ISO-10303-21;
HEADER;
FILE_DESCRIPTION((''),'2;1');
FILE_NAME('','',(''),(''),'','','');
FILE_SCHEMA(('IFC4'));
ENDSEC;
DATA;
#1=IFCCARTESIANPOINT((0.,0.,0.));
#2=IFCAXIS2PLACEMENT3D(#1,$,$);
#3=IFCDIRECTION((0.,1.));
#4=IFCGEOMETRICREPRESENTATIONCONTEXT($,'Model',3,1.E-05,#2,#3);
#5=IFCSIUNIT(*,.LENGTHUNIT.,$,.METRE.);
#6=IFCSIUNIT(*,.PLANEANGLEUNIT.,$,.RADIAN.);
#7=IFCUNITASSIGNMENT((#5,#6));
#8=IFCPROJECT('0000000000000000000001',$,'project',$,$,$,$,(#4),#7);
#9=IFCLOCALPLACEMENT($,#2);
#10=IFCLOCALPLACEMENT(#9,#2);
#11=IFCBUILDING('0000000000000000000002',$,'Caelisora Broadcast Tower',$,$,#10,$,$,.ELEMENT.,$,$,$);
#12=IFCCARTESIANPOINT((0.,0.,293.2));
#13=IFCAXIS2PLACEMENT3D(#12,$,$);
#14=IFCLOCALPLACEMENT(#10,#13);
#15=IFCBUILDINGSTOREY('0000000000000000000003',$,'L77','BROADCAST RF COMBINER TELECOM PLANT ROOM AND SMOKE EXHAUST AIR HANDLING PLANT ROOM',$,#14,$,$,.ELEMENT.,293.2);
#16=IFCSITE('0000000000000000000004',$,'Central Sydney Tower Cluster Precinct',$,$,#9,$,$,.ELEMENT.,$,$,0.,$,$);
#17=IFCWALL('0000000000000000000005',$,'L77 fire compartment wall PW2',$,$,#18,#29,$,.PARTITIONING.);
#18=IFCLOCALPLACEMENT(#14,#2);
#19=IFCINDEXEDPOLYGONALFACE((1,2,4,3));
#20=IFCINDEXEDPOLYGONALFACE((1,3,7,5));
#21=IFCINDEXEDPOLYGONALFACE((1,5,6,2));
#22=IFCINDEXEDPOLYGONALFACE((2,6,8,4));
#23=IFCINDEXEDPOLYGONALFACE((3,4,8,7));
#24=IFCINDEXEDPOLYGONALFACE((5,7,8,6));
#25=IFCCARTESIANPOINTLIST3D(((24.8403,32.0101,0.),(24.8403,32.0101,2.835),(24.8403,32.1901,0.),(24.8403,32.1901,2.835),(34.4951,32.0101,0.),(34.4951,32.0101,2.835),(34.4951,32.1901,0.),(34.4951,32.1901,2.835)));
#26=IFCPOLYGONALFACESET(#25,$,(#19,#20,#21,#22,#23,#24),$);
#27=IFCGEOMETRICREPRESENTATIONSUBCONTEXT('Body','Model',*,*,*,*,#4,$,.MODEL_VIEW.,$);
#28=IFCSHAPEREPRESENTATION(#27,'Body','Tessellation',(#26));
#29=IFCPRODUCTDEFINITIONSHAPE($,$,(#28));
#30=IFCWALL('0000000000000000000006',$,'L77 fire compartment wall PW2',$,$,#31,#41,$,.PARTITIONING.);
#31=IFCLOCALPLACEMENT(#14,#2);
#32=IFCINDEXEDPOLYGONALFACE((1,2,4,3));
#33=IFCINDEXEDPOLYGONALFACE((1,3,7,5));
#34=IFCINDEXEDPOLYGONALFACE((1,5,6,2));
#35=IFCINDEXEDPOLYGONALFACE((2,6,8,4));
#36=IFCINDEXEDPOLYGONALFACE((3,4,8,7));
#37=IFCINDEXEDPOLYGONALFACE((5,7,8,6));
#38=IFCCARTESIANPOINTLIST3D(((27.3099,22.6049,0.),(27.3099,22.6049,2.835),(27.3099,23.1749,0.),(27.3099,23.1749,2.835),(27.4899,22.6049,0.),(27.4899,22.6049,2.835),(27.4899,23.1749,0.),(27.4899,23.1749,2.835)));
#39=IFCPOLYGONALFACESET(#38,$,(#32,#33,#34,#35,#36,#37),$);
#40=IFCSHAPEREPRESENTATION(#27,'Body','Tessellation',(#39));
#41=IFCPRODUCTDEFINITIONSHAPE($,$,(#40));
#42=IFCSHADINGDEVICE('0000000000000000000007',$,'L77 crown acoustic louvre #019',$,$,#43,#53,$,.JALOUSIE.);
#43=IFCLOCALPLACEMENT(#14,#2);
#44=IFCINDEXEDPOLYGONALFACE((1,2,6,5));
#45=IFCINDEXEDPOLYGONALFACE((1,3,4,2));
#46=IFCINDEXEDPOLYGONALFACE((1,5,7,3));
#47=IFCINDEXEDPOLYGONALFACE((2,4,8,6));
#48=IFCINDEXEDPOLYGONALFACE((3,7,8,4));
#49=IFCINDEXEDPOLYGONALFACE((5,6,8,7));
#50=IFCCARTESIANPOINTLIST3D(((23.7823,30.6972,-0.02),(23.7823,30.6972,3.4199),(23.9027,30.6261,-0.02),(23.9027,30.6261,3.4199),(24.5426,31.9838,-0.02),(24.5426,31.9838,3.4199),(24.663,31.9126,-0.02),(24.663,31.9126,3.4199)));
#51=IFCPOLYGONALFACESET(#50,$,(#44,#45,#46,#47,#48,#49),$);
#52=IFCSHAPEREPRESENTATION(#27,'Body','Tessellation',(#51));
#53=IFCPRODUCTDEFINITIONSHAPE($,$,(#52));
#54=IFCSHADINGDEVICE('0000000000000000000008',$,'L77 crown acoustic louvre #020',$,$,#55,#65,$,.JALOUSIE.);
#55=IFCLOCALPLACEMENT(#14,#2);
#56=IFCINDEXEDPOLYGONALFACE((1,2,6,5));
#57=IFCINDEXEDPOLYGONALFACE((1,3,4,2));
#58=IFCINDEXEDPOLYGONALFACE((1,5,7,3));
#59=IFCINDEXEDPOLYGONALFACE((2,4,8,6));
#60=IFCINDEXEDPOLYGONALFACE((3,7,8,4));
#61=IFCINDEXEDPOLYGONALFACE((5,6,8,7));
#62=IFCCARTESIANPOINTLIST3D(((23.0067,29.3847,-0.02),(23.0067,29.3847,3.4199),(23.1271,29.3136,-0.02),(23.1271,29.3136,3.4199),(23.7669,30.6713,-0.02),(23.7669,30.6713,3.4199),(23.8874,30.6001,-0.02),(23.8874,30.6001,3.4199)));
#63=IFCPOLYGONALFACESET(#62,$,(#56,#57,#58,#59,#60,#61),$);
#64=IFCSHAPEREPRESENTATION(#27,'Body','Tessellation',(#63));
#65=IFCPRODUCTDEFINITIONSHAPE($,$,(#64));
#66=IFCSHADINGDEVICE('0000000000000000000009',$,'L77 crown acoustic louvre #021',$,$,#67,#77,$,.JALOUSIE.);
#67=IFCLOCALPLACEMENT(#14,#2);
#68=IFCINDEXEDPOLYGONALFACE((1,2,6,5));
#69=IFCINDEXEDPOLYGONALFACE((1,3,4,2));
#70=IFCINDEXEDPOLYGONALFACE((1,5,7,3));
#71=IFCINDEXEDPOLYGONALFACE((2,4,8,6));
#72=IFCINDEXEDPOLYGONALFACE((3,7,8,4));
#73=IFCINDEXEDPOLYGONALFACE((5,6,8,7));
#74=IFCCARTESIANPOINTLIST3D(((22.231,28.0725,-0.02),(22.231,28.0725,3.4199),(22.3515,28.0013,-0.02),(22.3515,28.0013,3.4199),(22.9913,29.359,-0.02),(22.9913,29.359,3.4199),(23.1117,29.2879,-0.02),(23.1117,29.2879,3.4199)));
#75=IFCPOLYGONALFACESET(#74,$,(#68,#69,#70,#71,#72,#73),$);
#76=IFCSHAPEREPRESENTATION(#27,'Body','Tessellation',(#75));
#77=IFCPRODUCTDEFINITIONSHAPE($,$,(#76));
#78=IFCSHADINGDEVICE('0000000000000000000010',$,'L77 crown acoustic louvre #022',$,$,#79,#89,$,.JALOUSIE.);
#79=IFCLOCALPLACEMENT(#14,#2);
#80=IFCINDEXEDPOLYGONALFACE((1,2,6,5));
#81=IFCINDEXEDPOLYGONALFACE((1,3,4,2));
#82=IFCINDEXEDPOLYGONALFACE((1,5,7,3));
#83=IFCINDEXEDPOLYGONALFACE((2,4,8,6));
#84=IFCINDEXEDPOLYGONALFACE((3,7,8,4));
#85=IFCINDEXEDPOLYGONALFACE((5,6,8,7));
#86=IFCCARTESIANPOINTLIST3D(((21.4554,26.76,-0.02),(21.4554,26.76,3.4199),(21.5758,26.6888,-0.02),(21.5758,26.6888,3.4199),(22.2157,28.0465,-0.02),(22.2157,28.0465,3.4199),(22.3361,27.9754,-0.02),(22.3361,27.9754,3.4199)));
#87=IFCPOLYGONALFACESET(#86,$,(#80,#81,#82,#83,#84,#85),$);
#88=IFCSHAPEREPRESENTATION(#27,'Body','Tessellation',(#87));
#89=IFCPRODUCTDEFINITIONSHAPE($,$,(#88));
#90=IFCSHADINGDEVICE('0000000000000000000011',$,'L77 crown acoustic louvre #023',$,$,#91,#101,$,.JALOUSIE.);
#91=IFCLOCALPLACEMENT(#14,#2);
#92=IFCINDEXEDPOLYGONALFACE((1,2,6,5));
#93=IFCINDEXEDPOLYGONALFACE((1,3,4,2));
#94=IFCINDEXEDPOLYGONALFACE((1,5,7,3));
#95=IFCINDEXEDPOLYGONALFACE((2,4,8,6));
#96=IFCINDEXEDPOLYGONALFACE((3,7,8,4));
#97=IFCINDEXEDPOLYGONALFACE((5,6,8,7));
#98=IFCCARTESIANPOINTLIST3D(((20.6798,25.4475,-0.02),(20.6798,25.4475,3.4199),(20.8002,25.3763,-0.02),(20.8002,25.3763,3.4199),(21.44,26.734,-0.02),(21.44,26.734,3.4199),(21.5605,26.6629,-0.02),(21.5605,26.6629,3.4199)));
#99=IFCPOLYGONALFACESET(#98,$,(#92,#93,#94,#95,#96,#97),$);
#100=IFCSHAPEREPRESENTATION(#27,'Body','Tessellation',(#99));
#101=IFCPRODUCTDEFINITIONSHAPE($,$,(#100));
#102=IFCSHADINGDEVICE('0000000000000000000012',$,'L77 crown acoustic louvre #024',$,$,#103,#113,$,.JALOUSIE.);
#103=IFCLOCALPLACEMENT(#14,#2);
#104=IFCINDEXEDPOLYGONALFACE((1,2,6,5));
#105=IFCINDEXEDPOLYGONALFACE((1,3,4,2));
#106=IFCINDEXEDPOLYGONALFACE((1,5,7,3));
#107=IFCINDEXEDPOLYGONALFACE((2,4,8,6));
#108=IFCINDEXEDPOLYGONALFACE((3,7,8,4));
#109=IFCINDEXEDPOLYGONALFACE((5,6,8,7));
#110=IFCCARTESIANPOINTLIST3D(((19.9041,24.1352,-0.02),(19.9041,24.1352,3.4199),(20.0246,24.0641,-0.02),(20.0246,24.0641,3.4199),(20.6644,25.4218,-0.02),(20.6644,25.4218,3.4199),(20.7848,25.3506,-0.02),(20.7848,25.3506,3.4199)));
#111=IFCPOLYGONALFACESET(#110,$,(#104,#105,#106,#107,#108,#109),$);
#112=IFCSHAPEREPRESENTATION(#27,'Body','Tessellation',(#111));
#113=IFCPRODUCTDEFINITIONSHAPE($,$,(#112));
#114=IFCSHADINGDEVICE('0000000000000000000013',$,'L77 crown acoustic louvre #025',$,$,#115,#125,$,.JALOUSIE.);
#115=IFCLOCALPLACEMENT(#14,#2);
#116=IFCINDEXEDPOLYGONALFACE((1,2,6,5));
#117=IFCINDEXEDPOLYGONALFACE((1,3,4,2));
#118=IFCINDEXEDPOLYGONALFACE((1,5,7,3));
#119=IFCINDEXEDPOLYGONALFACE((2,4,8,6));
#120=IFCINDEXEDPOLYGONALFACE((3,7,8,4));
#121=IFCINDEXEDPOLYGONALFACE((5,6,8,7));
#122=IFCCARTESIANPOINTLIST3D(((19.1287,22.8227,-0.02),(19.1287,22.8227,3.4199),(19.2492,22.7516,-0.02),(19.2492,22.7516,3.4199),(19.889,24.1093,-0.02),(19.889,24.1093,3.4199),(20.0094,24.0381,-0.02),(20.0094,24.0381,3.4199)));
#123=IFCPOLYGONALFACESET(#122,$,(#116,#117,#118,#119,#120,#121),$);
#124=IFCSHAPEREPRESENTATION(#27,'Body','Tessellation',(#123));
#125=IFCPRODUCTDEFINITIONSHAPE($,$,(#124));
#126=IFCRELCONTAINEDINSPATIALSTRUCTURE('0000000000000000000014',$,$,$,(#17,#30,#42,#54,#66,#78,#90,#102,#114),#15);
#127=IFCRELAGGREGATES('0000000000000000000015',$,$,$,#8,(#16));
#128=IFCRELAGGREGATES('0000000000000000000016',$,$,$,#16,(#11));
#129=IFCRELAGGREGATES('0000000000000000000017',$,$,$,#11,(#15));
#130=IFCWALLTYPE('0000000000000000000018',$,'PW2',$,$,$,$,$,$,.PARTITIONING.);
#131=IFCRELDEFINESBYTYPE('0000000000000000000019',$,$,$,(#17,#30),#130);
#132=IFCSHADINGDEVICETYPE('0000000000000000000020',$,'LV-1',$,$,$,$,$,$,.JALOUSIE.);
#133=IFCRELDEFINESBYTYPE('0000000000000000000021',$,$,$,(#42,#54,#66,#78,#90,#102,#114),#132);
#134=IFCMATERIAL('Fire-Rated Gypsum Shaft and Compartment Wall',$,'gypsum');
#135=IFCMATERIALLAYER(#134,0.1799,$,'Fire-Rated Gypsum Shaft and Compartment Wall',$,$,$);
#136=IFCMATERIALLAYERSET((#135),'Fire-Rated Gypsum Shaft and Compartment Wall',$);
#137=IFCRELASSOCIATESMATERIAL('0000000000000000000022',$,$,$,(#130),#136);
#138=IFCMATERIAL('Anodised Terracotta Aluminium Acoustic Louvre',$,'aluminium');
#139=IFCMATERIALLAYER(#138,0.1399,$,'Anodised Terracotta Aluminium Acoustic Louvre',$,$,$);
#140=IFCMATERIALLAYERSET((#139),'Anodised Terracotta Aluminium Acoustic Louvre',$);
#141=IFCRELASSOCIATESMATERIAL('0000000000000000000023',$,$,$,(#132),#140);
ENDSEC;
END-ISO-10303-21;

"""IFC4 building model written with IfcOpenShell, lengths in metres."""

from ifc_helpers import new_model, si_unit, direction, frame, frame_2d, origin, origin_2d, place, context, subcontext, project, spatial, rectangle, extrude, source, transform, mapped, material, layer, layer_set, type_object, type_shapes, element, save


model = new_model("IFC4")

# Units and contexts
model_context = context("Model", 3, precision=1e-05, world=origin(), true_north=direction((0.0, 1.0)))
body_context = subcontext(model_context, "Body", "Model", "MODEL_VIEW")
ifc_project = project(units=[si_unit("LENGTHUNIT", "METRE"), si_unit("PLANEANGLEUNIT", "RADIAN")], contexts=[model_context])

# Site, building, storey
site_placement = place(None, origin())
site = spatial("IfcSite", under=ifc_project, at=site_placement, Name="Central Sydney Tower Cluster Precinct", CompositionType="ELEMENT", RefElevation=0.0)
building_placement = place(site_placement, origin())
building = spatial("IfcBuilding", under=site, at=building_placement, Name="Caelisora Broadcast Tower", CompositionType="ELEMENT")
storey_placement = place(building_placement, frame((0.0, 0.0, 293.2)))
storey = spatial("IfcBuildingStorey", under=building, at=storey_placement, Name="L77", Description="BROADCAST RF COMBINER TELECOM PLANT ROOM AND SMOKE EXHAUST AIR HANDLING PLANT ROOM", CompositionType="ELEMENT", Elevation=293.2)

# Shared definitions
ifc_material_1 = material(Name="Fire-Rated Gypsum Shaft and Compartment Wall", Category="gypsum")
ifc_layer_1 = layer(ifc_material_1, 0.1799, Name="Fire-Rated Gypsum Shaft and Compartment Wall")
ifc_layer_set_1 = layer_set([ifc_layer_1], Name="Fire-Rated Gypsum Shaft and Compartment Wall")
wall_type = type_object("IfcWallType", Name="PW2", PredefinedType="PARTITIONING", material=ifc_layer_set_1)

# Walls
wall_1_placement = place(storey_placement, frame((24.8403, 32.1001, 0.0), z_axis=(0.0, 0.0, 1.0), x_axis=(1.0, 0.0, 0.0)))
element("IfcWall", 1, at=wall_1_placement, inside=storey, type_object=wall_type, Name="L77 fire compartment wall PW2", PredefinedType="PARTITIONING", context=body_context, shape_type="SweptSolid", body=[
    extrude(rectangle(XDim=9.6548, YDim=0.1799, at=frame_2d((4.8274, 0.0))), origin(), (0.0, 0.0, 1.0), 2.835),
])
wall_2_placement = place(storey_placement, frame((27.3999, 23.175, 0.0), z_axis=(0.0, 0.0, 1.0), x_axis=(0.0, -1.0, 0.0)))
element("IfcWall", 2, at=wall_2_placement, inside=storey, type_object=wall_type, Name="L77 fire compartment wall PW2", PredefinedType="PARTITIONING", context=body_context, shape_type="SweptSolid", body=[
    extrude(rectangle(XDim=0.5701, YDim=0.1799, at=frame_2d((0.2852, 0.0))), origin(), (0.0, 0.0, 1.0), 2.835),
])

# Shading devices
ifc_material_2 = material(Name="Anodised Terracotta Aluminium Acoustic Louvre", Category="aluminium")
ifc_layer_2 = layer(ifc_material_2, 0.1399, Name="Anodised Terracotta Aluminium Acoustic Louvre")
ifc_layer_set_2 = layer_set([ifc_layer_2], Name="Anodised Terracotta Aluminium Acoustic Louvre")
shading_device_type = type_object("IfcShadingDeviceType", Name="LV-1", PredefinedType="JALOUSIE", material=ifc_layer_set_2)
shared_shape_1 = source(origin(), body_context, "Body", "SweptSolid", [
    extrude(rectangle(XDim=1.4944, YDim=0.1399, at=origin_2d()), origin(), (0.0, 0.0, 1.0), 3.4399),
])
type_shapes(shading_device_type, [shared_shape_1])
for number, where, z_axis, x_axis, name in (
    (3, (24.2227, 31.3049, -0.02), (0.0, 0.0, 1.0), (-0.508741, -0.86092, 0.0), "L77 crown acoustic louvre #019"),
    (4, (23.447, 29.9924, -0.02), (0.0, 0.0, 1.0), (-0.508741, -0.86092, 0.0), "L77 crown acoustic louvre #020"),
    (5, (22.6714, 28.6802, -0.02), (0.0, 0.0, 1.0), (-0.508741, -0.86092, 0.0), "L77 crown acoustic louvre #021"),
    (6, (21.8958, 27.3677, -0.02), (0.0, 0.0, 1.0), (-0.508741, -0.86092, 0.0), "L77 crown acoustic louvre #022"),
    (7, (21.1201, 26.0552, -0.02), (0.0, 0.0, 1.0), (-0.508741, -0.86092, 0.0), "L77 crown acoustic louvre #023"),
    (8, (20.3445, 24.7429, -0.02), (0.0, 0.0, 1.0), (-0.508741, -0.86092, 0.0), "L77 crown acoustic louvre #024"),
    (9, (19.5691, 23.4304, -0.02), (0.0, 0.0, 1.0), (-0.508741, -0.86092, 0.0), "L77 crown acoustic louvre #025"),
):
    element("IfcShadingDevice", number, at=place(storey_placement, frame(where, z_axis=z_axis, x_axis=x_axis)), inside=storey, type_object=shading_device_type, Name=name, PredefinedType="JALOUSIE", context=body_context, shape_type="MappedRepresentation", body=[
        mapped(shared_shape_1, transform((0.0, 0.0, 0.0), scale=1.0)),
    ])

save(model, "model.ifc")
